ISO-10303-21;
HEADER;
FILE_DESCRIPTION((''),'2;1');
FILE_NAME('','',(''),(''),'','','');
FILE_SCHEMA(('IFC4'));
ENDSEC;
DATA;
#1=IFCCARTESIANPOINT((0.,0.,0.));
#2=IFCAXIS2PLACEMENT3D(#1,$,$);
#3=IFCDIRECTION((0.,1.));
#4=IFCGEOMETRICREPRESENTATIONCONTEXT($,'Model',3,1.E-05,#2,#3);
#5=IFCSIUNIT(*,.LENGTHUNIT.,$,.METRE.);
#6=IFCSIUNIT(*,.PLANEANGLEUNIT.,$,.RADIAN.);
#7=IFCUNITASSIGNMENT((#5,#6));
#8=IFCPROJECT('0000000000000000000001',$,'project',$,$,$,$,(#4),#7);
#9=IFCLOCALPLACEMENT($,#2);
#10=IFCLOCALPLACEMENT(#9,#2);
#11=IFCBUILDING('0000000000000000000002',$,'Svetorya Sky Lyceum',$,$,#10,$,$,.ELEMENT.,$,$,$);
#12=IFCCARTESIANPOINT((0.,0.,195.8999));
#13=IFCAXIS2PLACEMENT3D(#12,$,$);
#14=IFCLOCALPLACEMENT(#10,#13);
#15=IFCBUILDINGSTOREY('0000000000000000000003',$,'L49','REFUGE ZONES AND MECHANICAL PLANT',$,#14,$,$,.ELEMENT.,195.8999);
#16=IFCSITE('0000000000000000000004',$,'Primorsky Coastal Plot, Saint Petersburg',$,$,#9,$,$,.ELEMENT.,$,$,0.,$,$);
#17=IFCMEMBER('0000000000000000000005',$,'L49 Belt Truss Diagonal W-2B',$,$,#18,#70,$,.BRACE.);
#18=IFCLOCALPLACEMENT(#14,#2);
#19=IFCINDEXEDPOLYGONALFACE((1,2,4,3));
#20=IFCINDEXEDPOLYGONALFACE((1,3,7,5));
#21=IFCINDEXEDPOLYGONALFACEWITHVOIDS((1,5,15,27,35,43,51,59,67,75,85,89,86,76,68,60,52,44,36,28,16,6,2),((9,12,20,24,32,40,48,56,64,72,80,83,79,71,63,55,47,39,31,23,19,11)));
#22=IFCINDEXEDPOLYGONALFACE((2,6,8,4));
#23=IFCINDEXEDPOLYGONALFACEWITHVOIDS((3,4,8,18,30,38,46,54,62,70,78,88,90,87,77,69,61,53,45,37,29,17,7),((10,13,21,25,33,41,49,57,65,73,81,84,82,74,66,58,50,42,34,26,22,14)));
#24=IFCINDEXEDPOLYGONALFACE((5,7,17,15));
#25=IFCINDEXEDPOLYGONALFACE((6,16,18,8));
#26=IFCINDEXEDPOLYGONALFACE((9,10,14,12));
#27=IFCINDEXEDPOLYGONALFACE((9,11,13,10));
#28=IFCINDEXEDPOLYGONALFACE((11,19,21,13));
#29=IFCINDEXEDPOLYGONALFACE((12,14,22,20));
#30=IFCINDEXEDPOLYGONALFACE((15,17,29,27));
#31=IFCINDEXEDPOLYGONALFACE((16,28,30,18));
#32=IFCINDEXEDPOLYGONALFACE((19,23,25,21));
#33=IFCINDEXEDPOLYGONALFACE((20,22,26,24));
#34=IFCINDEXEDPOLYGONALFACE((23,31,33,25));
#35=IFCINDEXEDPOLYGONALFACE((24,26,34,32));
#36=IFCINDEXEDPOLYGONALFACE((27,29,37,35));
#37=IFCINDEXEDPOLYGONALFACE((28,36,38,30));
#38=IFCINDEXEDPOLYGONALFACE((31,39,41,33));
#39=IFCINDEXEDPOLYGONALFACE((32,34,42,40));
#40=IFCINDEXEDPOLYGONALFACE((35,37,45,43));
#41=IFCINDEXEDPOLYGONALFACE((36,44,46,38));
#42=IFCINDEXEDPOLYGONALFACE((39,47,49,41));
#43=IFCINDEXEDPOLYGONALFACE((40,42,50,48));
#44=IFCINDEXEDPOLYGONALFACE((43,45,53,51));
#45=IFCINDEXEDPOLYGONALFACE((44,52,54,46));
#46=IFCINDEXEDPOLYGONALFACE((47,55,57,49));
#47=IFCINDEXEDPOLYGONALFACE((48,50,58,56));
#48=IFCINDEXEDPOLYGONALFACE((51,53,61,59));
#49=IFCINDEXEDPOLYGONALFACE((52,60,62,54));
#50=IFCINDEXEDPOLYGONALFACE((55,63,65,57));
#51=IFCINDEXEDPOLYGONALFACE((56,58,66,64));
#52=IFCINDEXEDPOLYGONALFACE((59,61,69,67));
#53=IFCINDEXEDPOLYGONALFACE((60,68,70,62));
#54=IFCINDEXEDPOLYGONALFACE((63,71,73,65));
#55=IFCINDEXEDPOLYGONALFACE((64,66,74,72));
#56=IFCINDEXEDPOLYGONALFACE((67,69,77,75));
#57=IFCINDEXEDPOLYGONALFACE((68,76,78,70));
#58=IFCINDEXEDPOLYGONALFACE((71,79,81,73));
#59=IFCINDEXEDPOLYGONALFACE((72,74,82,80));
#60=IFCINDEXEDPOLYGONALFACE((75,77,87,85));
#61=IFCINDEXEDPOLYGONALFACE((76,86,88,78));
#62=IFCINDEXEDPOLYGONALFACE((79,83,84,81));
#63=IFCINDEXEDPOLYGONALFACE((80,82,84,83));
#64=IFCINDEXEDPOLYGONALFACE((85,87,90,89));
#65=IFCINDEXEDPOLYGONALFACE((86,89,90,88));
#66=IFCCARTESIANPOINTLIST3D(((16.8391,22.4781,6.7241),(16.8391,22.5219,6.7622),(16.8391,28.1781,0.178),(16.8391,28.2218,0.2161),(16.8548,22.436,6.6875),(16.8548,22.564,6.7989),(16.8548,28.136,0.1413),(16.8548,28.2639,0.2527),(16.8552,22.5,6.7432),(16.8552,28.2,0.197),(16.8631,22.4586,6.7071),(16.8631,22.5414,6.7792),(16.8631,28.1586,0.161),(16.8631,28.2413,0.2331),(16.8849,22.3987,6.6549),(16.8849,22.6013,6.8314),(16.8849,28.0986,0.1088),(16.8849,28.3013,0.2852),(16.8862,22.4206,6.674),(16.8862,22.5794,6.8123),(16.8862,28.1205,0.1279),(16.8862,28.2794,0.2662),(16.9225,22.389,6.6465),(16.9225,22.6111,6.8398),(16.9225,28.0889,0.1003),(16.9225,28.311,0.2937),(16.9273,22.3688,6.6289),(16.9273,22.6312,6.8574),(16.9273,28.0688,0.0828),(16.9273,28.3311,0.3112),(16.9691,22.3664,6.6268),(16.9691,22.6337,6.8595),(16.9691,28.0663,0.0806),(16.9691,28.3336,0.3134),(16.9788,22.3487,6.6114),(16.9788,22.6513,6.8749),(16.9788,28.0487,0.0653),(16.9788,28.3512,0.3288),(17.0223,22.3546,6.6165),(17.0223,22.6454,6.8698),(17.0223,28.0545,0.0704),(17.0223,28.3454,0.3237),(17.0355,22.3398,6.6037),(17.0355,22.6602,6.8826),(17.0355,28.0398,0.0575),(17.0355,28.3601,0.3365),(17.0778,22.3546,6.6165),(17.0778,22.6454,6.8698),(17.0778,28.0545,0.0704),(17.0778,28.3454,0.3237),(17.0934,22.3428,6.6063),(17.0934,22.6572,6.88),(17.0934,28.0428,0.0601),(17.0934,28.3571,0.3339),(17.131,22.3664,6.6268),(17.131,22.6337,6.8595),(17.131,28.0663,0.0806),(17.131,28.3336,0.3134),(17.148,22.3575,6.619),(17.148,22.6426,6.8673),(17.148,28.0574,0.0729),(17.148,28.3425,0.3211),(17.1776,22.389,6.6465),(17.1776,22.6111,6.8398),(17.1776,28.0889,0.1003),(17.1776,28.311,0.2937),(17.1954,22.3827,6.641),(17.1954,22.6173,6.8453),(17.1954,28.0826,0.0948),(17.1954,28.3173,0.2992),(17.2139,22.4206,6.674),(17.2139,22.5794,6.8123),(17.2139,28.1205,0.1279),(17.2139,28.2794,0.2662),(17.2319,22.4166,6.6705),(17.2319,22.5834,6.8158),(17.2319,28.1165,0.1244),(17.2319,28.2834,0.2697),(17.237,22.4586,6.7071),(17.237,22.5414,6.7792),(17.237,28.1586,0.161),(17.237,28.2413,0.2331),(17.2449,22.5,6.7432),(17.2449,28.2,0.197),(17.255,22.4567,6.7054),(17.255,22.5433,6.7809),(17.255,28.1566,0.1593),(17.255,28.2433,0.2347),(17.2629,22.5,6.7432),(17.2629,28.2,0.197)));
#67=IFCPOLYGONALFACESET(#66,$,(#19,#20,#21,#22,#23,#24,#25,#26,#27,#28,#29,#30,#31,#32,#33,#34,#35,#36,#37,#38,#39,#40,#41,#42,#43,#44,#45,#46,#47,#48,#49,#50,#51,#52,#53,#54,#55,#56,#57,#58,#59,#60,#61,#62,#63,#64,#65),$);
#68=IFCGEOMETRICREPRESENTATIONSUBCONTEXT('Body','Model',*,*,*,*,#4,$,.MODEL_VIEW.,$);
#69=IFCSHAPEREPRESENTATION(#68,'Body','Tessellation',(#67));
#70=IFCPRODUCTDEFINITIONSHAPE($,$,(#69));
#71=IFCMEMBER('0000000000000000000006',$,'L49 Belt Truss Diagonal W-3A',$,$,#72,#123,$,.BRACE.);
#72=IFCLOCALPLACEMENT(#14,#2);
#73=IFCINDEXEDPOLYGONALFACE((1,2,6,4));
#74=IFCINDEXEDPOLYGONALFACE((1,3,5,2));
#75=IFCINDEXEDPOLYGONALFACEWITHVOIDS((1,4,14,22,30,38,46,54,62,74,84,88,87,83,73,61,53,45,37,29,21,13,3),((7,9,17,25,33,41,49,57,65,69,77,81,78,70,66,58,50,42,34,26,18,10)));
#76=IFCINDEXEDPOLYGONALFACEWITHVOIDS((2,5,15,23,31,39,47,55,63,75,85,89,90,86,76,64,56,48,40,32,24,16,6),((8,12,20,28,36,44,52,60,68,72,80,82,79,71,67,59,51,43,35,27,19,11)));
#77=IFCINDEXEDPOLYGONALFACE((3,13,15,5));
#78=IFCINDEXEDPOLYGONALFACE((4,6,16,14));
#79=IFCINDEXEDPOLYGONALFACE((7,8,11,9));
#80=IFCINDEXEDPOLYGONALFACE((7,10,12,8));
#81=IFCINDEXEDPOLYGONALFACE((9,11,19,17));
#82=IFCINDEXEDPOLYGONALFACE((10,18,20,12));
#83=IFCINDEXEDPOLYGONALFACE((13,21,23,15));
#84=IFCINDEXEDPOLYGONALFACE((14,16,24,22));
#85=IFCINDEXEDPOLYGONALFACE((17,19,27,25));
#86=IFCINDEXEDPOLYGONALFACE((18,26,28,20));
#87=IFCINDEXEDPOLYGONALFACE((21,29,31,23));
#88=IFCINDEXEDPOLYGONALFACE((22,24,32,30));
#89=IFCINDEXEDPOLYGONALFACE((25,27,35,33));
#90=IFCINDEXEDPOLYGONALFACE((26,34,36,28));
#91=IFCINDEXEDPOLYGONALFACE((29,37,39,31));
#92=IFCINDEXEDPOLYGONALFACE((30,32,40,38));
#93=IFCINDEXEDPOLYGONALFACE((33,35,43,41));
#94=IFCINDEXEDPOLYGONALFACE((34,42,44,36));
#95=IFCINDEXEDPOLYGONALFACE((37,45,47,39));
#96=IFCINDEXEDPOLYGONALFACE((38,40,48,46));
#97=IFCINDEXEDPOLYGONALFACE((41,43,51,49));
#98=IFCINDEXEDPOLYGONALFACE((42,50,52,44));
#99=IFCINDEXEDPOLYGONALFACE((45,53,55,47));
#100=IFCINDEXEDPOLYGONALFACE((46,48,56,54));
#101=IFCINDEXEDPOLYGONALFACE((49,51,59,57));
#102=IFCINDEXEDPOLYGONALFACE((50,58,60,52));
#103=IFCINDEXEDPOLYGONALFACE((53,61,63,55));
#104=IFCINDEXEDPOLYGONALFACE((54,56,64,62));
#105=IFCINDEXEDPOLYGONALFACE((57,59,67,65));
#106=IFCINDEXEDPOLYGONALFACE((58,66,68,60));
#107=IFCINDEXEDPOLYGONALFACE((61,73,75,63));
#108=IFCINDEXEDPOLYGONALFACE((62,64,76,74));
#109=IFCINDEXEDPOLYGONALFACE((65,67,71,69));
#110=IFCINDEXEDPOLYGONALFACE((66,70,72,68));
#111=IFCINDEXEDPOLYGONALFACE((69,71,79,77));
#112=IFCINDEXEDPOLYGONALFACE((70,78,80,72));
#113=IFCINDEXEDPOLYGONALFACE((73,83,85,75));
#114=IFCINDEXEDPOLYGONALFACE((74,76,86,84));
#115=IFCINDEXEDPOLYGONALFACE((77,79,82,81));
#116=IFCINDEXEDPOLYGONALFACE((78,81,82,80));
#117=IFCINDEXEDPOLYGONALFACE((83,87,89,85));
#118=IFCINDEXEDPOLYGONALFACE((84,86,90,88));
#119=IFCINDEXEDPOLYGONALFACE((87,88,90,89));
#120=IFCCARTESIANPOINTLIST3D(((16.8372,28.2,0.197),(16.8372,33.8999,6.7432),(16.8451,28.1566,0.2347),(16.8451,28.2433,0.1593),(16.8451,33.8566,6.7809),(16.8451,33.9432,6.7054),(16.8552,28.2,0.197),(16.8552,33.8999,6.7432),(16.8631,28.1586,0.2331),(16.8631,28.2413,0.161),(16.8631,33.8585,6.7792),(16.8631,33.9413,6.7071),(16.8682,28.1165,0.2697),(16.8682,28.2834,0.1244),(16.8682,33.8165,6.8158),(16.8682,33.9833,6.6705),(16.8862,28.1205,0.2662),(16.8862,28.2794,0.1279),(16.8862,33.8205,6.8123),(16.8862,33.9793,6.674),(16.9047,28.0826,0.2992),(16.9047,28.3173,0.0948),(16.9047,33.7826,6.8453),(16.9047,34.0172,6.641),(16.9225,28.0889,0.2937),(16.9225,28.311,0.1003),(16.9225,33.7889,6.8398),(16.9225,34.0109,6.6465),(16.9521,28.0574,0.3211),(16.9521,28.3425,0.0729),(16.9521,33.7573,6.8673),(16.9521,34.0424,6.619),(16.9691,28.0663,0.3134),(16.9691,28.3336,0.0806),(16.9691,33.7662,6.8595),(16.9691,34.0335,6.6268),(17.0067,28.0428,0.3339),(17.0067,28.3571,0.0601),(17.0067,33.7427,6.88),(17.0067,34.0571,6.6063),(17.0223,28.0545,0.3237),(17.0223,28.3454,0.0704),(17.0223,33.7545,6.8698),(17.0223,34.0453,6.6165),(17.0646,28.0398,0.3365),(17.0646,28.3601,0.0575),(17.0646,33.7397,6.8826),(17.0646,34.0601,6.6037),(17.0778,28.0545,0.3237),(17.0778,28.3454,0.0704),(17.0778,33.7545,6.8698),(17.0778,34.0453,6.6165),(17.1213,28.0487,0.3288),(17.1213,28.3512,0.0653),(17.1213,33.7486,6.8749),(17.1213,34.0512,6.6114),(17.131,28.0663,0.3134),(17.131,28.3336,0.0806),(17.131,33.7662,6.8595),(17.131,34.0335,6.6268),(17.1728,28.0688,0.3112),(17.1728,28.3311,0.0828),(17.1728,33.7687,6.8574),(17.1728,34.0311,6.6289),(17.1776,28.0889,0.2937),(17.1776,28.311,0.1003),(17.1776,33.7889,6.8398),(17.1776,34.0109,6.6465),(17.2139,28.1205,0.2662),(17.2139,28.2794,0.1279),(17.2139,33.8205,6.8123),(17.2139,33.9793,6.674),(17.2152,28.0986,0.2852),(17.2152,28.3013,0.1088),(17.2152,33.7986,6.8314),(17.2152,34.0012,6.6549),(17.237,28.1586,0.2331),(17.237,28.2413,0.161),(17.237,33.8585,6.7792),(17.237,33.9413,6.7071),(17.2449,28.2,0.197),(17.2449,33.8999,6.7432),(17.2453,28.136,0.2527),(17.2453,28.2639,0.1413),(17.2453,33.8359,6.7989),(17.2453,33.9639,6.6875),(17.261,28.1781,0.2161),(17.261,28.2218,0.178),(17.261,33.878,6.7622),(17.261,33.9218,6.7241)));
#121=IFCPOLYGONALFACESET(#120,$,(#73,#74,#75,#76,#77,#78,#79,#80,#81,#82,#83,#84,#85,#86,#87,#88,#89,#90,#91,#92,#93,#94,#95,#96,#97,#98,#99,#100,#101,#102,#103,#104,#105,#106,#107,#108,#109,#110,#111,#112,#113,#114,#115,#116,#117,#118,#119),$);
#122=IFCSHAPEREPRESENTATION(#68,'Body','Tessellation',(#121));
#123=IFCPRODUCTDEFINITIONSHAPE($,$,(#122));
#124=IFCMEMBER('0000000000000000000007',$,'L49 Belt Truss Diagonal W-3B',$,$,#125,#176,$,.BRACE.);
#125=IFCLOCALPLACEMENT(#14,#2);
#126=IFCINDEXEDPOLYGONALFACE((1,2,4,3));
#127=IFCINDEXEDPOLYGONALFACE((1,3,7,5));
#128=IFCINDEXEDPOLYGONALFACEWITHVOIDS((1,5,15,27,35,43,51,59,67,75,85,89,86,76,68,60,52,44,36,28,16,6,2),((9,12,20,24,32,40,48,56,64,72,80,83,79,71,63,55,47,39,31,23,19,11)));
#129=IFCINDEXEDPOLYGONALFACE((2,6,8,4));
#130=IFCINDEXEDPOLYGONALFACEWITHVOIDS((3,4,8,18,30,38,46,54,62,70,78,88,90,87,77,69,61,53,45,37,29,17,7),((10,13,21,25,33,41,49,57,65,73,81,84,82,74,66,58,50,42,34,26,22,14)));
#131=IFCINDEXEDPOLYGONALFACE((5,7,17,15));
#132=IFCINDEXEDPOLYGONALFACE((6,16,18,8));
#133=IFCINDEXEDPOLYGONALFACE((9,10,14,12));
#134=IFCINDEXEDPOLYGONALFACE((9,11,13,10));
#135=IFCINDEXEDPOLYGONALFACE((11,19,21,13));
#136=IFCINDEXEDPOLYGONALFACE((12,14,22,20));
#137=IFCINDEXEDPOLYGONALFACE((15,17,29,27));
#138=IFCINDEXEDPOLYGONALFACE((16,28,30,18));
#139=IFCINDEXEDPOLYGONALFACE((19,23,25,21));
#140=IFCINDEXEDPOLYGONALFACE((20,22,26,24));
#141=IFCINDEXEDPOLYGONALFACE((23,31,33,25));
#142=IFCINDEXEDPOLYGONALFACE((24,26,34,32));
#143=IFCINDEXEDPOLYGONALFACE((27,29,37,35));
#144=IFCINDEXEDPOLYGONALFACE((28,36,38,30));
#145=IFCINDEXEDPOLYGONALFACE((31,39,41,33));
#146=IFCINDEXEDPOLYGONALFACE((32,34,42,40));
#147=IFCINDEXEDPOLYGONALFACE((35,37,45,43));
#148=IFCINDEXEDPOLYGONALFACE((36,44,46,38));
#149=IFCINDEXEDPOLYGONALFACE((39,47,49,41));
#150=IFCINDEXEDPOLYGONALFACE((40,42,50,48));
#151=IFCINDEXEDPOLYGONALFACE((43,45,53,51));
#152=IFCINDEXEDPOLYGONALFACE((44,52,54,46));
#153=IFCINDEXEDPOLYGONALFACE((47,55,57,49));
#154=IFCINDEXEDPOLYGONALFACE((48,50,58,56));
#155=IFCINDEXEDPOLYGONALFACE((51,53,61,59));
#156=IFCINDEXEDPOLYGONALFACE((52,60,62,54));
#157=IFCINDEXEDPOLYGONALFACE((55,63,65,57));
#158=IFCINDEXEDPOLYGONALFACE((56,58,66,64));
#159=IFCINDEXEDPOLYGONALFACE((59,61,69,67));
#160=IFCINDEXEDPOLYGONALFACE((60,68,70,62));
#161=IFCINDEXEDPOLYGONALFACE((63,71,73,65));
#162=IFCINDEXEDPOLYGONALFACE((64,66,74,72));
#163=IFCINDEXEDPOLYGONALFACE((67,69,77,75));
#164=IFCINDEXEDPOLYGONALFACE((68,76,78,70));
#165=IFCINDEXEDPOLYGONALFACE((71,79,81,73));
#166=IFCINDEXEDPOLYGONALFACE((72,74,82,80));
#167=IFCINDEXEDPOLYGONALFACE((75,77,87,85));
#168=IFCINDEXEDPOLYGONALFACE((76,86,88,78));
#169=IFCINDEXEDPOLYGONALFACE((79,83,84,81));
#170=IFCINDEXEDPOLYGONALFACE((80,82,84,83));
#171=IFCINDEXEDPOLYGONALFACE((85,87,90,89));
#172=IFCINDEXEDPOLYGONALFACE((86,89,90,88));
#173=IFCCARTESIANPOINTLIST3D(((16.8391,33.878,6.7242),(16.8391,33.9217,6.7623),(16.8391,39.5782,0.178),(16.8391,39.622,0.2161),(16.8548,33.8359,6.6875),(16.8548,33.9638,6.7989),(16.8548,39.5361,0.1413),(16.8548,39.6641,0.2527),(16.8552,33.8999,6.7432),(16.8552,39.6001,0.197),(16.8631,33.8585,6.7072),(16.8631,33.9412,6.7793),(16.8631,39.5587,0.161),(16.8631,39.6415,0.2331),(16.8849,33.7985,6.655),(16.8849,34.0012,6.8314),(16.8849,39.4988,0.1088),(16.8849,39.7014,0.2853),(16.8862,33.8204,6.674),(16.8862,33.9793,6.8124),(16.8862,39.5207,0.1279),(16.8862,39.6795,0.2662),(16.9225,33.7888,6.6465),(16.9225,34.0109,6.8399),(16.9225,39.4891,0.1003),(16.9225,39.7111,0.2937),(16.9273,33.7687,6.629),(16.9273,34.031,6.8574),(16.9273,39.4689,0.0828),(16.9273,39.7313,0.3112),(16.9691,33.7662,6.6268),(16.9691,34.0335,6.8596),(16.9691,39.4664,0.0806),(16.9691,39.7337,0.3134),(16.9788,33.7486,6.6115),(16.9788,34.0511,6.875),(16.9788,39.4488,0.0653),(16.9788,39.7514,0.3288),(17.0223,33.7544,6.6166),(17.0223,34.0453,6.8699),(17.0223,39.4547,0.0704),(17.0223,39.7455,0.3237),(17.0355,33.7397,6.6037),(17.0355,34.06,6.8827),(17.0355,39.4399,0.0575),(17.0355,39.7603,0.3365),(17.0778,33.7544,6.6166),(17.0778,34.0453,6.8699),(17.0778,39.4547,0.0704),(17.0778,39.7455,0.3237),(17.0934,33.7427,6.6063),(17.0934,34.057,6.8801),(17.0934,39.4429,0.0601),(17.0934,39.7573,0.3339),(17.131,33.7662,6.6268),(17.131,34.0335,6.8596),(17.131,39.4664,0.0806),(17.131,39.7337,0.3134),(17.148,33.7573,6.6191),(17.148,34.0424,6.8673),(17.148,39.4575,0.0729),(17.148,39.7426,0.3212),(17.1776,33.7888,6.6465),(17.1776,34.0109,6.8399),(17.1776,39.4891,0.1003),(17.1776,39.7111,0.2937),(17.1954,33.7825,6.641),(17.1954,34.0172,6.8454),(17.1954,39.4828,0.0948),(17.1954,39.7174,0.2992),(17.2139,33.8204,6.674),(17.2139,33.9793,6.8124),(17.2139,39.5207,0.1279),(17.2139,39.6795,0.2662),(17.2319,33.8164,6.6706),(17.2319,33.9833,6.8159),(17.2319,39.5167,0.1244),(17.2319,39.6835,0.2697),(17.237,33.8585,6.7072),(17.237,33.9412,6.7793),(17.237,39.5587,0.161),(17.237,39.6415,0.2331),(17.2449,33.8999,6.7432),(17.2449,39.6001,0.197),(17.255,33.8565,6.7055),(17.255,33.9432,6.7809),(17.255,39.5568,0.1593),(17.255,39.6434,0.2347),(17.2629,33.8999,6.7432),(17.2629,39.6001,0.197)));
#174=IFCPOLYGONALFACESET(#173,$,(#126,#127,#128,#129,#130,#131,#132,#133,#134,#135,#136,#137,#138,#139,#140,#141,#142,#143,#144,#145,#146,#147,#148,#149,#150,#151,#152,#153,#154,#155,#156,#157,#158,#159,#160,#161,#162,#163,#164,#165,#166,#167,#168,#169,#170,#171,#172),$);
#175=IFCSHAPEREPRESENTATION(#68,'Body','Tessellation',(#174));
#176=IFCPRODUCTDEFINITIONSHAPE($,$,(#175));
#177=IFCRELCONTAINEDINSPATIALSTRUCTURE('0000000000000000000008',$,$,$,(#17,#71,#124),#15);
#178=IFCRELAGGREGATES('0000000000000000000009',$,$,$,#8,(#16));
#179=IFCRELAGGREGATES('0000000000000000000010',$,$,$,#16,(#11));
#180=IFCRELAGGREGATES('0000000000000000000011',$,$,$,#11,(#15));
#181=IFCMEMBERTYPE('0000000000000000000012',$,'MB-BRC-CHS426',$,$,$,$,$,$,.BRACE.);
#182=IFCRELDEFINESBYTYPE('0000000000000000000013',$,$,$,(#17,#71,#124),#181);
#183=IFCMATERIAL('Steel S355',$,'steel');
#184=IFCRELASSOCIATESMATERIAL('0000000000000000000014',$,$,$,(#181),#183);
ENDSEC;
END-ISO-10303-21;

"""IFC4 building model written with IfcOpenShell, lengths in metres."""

from ifc_helpers import new_model, si_unit, direction, frame, origin, origin_2d, place, context, subcontext, project, spatial, hollow_circle, extrude, material, material_profile, profile_set, type_object, element, save


model = new_model("IFC4")

# Units and contexts
model_context = context("Model", 3, precision=1e-05, world=origin(), true_north=direction((0.0, 1.0)))
body_context = subcontext(model_context, "Body", "Model", "MODEL_VIEW")
ifc_project = project(units=[si_unit("LENGTHUNIT", "METRE"), si_unit("PLANEANGLEUNIT", "RADIAN")], contexts=[model_context])

# Site, building, storey
site_placement = place(None, origin())
site = spatial("IfcSite", under=ifc_project, at=site_placement, Name="Primorsky Coastal Plot, Saint Petersburg", CompositionType="ELEMENT", RefElevation=0.0)
building_placement = place(site_placement, origin())
building = spatial("IfcBuilding", under=site, at=building_placement, Name="Svetorya Sky Lyceum", CompositionType="ELEMENT")
storey_placement = place(building_placement, frame((0.0, 0.0, 195.8999)))
storey = spatial("IfcBuildingStorey", under=building, at=storey_placement, Name="L49", Description="REFUGE ZONES AND MECHANICAL PLANT", CompositionType="ELEMENT", Elevation=195.8999)

# Shared definitions
ifc_material_1 = material(Name="Steel S355", Category="steel")

# Members
ifc_material_profile_1 = material_profile(ifc_material_1, hollow_circle(Radius=0.2129, WallThickness=0.0181, at=origin_2d()), Name="CHS 426x18")
ifc_profile_set_1 = profile_set([ifc_material_profile_1], Name="Steel S355")
member_type_1 = type_object("IfcMemberType", Name="MB-BRC-CHS426", PredefinedType="BRACE", material=ifc_profile_set_1)
for number, where, z_axis, x_axis, name in (
    (1, (17.05, 28.2, 0.197), (0.0, -0.656681, 0.754169), (1.0, 0.0, 0.0), "L49 Belt Truss Diagonal W-2B"),
    (2, (17.05, 28.2, 0.197), (0.0, 0.656681, 0.754169), (-1.0, 0.0, 0.0), "L49 Belt Truss Diagonal W-3A"),
):
    element("IfcMember", number, at=place(storey_placement, frame(where, z_axis=z_axis, x_axis=x_axis)), inside=storey, type_object=member_type_1, Name=name, PredefinedType="BRACE", context=body_context, shape_type="SweptSolid", body=[
        extrude(hollow_circle(Radius=0.2129, WallThickness=0.0181, at=origin_2d()), origin(), (0.0, 0.0, 1.0), 8.6799),
    ])
member_1_placement = place(storey_placement, frame((17.05, 39.6001, 0.197), z_axis=(0.0, -0.656697, 0.754155), x_axis=(1.0, 0.0, 0.0)))
element("IfcMember", 3, at=member_1_placement, inside=storey, type_object=member_type_1, Name="L49 Belt Truss Diagonal W-3B", PredefinedType="BRACE", context=body_context, shape_type="SweptSolid", body=[
    extrude(hollow_circle(Radius=0.2129, WallThickness=0.0181, at=origin_2d()), origin(), (0.0, 0.0, 1.0), 8.6802),
])

save(model, "model.ifc")
